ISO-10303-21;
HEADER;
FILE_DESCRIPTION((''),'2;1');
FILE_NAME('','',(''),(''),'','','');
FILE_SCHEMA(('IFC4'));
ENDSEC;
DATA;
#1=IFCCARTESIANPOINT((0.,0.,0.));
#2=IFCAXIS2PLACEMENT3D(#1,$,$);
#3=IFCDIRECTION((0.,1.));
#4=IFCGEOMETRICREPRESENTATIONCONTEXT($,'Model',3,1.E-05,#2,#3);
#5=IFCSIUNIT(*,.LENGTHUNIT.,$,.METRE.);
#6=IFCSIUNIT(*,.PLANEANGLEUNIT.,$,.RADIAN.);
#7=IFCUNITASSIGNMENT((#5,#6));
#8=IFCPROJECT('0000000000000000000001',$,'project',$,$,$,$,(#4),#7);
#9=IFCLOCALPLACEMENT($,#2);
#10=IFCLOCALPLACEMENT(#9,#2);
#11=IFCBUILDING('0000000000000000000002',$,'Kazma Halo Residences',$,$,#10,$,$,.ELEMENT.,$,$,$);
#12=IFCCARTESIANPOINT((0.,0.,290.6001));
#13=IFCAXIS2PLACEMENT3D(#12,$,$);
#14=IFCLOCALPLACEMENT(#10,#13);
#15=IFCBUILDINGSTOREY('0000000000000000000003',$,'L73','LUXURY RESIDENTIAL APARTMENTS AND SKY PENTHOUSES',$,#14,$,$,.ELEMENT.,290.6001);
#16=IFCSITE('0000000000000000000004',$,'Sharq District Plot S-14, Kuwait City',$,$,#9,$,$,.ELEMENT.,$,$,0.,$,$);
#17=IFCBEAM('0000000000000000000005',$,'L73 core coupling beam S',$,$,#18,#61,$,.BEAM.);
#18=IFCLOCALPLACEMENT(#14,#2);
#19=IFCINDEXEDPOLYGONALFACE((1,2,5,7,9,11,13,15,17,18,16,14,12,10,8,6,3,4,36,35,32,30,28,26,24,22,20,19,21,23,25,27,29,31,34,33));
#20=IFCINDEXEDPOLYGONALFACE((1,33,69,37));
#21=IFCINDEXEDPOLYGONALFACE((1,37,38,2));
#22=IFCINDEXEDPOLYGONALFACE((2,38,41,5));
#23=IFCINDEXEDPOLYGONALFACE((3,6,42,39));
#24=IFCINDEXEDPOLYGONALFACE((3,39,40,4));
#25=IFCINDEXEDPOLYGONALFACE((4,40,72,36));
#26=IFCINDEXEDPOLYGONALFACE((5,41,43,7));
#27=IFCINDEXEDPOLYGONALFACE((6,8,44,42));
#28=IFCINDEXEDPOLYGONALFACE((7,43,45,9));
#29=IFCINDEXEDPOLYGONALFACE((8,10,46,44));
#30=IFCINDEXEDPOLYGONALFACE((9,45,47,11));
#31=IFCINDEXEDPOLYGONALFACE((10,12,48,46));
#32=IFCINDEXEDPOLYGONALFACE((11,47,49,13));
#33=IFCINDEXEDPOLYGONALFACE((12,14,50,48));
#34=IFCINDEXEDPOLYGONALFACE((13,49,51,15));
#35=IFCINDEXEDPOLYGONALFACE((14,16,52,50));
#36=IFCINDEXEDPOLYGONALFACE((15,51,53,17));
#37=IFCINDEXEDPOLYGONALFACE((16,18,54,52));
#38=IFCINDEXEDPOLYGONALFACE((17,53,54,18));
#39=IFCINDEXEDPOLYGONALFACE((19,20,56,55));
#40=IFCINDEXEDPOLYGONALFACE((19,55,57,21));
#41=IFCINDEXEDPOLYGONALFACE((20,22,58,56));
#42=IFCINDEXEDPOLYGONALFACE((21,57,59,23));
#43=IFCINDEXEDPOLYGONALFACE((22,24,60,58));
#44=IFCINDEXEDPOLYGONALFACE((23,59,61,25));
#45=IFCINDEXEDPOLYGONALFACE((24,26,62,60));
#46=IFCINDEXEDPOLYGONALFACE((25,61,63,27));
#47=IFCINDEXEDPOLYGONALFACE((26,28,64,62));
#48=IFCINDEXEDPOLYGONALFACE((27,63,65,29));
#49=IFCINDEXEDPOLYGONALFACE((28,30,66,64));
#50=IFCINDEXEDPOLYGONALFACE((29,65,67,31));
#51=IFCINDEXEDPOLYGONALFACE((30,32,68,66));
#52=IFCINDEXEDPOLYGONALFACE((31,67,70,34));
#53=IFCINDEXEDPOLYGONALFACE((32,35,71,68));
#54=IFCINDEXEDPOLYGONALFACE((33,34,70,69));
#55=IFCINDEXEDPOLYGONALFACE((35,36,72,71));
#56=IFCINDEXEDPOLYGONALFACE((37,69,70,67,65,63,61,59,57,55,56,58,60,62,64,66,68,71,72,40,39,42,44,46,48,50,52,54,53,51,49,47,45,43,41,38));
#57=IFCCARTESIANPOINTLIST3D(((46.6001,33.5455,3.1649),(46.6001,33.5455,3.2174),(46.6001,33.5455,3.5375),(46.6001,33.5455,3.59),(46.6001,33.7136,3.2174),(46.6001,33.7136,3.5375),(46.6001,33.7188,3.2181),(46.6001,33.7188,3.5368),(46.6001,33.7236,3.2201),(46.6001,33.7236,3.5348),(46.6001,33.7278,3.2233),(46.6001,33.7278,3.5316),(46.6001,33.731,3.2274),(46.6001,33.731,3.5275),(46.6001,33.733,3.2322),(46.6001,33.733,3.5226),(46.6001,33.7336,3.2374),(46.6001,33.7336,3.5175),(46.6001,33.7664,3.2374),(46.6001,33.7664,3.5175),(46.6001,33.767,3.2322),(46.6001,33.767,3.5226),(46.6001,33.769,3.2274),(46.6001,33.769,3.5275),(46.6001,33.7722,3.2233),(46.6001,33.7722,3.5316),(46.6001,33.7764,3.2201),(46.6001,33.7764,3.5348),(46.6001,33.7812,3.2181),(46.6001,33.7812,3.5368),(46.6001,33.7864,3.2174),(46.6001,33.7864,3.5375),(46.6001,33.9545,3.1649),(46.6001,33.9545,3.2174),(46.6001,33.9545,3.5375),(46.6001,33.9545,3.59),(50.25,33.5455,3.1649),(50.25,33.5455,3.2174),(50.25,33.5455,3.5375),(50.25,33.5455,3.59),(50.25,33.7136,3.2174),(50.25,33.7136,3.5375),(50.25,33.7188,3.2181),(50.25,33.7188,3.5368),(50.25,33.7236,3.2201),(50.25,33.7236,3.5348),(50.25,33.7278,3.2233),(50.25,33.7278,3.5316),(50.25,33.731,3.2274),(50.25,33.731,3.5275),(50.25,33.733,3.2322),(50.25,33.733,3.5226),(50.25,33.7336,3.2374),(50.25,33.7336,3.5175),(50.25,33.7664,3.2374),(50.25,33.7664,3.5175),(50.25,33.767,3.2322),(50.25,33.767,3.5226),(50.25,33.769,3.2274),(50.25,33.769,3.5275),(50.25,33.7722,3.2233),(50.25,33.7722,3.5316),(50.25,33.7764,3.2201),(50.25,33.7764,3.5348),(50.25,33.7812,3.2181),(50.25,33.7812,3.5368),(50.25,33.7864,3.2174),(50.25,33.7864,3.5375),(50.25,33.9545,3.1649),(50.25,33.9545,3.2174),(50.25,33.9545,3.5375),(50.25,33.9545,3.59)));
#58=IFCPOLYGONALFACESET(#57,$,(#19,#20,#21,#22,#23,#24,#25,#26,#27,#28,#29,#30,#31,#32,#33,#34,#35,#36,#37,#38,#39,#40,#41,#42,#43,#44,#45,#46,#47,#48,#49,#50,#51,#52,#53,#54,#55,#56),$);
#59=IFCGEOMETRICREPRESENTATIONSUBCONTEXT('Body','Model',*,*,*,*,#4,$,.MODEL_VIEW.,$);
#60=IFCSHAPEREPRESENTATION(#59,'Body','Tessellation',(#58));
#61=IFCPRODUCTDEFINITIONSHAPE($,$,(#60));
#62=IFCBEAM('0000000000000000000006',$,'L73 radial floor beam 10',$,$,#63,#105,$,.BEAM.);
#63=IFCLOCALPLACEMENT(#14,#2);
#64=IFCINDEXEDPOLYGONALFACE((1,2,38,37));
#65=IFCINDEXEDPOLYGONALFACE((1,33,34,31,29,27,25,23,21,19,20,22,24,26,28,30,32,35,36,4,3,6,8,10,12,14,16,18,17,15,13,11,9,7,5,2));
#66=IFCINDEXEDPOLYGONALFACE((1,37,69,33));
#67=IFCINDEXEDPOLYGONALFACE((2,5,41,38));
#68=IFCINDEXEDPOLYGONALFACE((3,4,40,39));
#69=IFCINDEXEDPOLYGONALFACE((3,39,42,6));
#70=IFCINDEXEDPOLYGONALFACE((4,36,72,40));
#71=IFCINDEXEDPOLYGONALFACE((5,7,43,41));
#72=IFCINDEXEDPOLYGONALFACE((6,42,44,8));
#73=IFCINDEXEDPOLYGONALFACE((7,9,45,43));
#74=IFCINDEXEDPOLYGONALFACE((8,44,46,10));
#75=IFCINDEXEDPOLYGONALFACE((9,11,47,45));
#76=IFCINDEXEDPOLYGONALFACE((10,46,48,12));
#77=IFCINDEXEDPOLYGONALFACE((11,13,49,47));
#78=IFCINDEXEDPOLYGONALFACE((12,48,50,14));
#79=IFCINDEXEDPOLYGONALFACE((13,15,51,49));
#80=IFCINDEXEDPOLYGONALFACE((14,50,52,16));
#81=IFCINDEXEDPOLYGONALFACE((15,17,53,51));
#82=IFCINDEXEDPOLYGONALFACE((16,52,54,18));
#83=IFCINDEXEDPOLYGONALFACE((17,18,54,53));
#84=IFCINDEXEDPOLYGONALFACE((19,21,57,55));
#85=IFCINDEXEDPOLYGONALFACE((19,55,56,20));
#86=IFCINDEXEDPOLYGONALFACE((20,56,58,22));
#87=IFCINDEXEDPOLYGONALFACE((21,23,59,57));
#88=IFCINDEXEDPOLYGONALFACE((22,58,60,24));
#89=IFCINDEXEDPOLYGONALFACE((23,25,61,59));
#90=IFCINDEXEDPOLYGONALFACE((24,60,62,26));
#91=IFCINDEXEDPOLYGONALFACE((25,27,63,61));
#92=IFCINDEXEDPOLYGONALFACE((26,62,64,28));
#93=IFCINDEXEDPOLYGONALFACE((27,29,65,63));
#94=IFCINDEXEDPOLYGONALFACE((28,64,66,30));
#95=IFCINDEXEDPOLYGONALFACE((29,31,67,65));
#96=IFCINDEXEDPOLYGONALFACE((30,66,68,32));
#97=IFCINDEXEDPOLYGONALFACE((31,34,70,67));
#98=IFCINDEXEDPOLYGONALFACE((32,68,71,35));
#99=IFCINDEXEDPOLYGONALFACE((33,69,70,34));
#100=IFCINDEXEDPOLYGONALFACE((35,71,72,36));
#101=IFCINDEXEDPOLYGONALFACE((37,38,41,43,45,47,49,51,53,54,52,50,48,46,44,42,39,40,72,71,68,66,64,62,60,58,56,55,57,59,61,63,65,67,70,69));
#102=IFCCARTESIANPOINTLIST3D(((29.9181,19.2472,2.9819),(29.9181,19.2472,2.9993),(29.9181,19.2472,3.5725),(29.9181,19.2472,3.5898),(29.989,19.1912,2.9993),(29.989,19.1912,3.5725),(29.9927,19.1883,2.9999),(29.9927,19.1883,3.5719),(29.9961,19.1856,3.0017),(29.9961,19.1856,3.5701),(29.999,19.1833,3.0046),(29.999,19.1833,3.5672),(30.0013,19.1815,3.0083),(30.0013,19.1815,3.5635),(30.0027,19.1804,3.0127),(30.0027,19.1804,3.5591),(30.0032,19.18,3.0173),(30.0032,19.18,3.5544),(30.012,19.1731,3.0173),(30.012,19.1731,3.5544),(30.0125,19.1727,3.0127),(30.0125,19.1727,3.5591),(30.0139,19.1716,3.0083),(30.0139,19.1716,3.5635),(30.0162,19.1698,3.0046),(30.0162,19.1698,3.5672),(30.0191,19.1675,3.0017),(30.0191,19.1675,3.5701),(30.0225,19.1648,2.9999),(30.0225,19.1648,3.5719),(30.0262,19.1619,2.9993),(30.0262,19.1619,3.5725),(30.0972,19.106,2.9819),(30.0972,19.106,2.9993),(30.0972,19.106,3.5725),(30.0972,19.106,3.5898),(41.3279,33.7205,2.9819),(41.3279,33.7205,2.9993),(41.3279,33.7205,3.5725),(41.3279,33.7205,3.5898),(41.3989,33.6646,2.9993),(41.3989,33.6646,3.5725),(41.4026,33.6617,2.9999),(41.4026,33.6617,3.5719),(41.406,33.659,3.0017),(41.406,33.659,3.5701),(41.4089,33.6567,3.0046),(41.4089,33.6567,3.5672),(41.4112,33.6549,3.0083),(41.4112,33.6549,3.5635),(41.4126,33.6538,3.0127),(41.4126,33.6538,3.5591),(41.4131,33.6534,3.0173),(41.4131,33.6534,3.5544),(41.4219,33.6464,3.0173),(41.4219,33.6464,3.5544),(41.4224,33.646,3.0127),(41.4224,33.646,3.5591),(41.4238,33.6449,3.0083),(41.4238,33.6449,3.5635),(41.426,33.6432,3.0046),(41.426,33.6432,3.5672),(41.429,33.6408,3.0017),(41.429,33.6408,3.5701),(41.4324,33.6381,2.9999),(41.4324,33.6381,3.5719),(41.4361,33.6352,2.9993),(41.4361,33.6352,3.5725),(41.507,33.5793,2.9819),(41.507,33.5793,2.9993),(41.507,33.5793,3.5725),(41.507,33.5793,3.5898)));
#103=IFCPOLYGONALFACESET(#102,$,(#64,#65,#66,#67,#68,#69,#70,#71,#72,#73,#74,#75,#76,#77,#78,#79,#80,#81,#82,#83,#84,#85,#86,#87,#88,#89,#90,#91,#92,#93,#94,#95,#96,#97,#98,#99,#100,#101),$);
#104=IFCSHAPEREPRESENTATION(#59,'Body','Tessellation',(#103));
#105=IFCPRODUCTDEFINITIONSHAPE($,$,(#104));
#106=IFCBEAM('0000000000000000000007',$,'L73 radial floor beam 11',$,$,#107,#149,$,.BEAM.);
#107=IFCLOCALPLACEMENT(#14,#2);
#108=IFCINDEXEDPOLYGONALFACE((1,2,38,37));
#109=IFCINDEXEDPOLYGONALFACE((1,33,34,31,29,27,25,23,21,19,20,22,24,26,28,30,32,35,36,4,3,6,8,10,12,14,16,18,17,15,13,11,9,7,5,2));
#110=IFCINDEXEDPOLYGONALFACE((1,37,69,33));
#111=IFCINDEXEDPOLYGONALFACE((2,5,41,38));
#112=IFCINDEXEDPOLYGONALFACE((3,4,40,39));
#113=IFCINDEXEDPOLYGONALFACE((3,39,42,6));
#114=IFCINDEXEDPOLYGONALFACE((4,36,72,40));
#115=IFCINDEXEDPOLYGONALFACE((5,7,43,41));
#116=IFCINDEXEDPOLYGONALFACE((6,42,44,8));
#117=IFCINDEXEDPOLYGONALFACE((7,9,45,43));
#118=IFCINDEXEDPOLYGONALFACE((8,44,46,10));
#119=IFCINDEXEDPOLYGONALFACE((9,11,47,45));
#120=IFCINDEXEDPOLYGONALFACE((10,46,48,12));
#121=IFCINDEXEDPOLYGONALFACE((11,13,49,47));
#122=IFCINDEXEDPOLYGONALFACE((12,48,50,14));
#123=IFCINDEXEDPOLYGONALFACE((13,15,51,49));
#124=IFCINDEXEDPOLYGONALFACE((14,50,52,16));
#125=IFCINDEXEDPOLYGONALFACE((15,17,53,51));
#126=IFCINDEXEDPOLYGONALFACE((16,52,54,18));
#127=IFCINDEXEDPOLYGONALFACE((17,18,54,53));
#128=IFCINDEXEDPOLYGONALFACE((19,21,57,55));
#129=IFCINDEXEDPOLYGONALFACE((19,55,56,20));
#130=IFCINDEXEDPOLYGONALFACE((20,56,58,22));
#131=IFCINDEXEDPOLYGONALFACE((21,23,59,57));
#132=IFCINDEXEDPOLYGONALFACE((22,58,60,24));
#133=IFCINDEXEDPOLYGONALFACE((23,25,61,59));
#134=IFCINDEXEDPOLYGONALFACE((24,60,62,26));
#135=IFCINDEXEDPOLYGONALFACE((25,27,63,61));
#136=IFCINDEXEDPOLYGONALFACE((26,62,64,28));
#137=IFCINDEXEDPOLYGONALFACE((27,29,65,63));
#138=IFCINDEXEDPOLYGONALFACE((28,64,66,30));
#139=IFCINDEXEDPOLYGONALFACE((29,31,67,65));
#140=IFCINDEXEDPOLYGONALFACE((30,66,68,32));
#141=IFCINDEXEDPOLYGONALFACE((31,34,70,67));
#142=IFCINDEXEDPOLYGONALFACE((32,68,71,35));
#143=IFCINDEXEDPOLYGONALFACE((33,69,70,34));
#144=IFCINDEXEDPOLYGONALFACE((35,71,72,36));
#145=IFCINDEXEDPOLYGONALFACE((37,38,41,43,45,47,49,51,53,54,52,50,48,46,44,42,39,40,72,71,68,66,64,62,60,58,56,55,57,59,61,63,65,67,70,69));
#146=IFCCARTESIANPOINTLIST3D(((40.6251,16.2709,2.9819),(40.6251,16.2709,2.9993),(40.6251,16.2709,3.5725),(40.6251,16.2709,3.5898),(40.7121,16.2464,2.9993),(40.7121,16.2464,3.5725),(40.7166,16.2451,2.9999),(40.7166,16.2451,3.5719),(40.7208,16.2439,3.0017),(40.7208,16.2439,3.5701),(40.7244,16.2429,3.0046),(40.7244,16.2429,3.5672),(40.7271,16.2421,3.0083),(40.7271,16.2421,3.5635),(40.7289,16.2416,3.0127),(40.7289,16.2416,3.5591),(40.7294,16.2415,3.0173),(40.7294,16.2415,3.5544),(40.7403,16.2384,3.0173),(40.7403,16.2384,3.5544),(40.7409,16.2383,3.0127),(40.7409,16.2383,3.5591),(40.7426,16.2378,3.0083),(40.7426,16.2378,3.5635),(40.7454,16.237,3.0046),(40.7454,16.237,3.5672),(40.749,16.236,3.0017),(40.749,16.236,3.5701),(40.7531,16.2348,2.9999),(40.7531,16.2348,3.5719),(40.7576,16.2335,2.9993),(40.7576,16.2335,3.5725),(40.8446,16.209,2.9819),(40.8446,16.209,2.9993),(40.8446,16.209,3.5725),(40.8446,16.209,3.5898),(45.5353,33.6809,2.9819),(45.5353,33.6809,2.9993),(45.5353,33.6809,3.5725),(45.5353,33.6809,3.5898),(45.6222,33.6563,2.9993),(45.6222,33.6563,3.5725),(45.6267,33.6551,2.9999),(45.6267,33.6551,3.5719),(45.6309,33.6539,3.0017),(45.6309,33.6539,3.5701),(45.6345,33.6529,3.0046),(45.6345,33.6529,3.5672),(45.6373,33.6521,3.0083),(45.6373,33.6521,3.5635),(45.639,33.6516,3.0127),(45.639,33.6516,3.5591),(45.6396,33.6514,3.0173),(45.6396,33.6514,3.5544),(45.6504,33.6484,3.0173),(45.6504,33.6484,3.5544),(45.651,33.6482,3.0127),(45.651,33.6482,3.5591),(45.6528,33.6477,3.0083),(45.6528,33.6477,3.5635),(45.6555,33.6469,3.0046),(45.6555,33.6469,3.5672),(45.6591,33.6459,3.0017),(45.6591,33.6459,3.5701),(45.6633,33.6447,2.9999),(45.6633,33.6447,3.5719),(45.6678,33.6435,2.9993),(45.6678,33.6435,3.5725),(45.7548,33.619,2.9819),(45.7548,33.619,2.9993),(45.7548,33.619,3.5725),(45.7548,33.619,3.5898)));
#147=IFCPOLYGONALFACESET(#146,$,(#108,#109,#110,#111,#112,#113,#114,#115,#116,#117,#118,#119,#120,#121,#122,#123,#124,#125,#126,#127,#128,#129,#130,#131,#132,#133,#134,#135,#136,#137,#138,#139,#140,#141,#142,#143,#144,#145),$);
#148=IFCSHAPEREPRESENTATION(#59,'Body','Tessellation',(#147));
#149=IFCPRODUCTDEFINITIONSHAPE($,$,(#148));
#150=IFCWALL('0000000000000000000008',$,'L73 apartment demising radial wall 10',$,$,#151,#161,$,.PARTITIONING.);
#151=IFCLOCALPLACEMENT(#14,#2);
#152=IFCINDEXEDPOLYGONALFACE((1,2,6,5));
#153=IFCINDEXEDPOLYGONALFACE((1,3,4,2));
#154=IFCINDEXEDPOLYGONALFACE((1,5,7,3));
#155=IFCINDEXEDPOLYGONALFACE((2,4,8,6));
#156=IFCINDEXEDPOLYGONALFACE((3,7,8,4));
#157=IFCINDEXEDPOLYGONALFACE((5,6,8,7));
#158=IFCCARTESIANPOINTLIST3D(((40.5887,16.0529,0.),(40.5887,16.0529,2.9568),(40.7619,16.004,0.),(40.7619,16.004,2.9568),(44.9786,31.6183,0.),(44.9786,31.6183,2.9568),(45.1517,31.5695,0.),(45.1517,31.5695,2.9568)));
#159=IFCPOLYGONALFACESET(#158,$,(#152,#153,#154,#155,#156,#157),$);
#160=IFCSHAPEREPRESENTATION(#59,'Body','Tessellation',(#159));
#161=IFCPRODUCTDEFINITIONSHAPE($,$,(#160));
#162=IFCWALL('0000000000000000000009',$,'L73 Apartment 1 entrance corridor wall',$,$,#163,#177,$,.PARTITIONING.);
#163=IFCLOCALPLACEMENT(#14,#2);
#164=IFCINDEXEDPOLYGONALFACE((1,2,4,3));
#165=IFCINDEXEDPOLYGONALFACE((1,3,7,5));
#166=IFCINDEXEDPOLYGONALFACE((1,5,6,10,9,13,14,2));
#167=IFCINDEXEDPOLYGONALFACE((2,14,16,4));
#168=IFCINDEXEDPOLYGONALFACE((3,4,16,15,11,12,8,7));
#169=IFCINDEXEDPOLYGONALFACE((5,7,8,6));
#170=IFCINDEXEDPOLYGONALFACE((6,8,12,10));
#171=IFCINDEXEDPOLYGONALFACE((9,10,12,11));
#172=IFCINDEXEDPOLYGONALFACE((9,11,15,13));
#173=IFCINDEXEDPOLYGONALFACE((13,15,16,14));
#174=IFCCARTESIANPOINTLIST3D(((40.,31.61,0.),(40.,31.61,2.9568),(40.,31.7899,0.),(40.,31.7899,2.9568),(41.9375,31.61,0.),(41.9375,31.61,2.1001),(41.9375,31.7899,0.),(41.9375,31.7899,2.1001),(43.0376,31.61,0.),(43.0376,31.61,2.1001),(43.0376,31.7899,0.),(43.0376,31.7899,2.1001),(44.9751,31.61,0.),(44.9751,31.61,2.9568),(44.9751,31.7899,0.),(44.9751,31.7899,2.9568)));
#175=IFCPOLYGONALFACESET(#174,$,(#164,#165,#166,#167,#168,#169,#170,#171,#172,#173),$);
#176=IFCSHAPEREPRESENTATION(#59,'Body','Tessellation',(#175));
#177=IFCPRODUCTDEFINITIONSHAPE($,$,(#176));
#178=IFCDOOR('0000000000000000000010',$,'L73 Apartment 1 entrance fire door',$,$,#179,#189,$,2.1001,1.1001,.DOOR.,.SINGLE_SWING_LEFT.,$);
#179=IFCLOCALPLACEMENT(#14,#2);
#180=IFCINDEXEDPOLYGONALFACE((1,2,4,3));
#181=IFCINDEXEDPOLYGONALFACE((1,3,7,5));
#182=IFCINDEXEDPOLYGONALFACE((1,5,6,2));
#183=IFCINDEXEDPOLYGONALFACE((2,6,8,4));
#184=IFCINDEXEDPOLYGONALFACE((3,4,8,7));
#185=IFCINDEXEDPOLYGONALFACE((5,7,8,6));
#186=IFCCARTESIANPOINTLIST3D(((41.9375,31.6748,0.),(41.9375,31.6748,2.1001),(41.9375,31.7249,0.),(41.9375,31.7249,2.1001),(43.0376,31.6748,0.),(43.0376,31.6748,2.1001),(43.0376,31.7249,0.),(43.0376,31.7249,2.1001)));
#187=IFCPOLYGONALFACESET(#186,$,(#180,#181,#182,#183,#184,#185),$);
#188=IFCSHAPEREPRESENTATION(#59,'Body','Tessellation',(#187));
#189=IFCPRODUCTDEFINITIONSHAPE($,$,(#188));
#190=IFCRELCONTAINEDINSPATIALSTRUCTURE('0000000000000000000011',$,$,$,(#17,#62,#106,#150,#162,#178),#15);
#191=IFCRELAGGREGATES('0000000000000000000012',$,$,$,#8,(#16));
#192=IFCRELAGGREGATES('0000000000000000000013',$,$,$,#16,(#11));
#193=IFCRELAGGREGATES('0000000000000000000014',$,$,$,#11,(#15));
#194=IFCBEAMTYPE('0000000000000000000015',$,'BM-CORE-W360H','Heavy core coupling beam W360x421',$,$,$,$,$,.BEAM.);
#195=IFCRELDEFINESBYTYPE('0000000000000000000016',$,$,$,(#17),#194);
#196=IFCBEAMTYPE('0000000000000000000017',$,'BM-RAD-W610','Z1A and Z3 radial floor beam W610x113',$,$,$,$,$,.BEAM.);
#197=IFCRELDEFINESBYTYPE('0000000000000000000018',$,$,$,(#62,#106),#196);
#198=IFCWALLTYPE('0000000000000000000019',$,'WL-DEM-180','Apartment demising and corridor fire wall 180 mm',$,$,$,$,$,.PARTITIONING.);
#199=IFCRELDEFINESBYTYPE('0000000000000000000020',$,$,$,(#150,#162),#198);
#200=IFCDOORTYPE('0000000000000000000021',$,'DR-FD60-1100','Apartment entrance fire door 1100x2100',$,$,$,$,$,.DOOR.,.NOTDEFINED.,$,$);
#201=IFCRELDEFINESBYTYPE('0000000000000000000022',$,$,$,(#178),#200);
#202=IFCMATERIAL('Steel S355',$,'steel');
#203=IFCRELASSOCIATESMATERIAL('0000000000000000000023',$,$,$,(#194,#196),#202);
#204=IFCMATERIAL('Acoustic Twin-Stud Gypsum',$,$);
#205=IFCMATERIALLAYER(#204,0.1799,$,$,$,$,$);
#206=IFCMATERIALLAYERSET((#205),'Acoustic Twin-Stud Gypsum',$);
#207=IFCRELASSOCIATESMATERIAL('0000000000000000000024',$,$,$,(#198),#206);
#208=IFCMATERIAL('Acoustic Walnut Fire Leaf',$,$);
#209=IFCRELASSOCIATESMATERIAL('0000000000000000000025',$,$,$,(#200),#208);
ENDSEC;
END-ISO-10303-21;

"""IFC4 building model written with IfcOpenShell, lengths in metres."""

from ifc_helpers import new_model, si_unit, direction, frame, frame_2d, origin, origin_2d, place, context, subcontext, project, spatial, rectangle, i_section, extrude, material, layer, layer_set, material_profile, profile_set, type_object, element, fill, save


model = new_model("IFC4")

# Units and contexts
model_context = context("Model", 3, precision=1e-05, world=origin(), true_north=direction((0.0, 1.0)))
body_context = subcontext(model_context, "Body", "Model", "MODEL_VIEW")
ifc_project = project(units=[si_unit("LENGTHUNIT", "METRE"), si_unit("PLANEANGLEUNIT", "RADIAN")], contexts=[model_context])

# Site, building, storey
site_placement = place(None, origin())
site = spatial("IfcSite", under=ifc_project, at=site_placement, Name="Sharq District Plot S-14, Kuwait City", CompositionType="ELEMENT", RefElevation=0.0)
building_placement = place(site_placement, origin())
building = spatial("IfcBuilding", under=site, at=building_placement, Name="Kazma Halo Residences", CompositionType="ELEMENT")
storey_placement = place(building_placement, frame((0.0, 0.0, 290.6001)))
storey = spatial("IfcBuildingStorey", under=building, at=storey_placement, Name="L73", Description="LUXURY RESIDENTIAL APARTMENTS AND SKY PENTHOUSES", CompositionType="ELEMENT", Elevation=290.6001)

# Beams
ifc_material_1 = material(Name="Steel S355", Category="steel")
ifc_material_profile_1 = material_profile(ifc_material_1, i_section(OverallWidth=0.4089, OverallDepth=0.425, WebThickness=0.0327, FlangeThickness=0.0525, FilletRadius=0.02, at=origin_2d()), Name="W360x421")
ifc_profile_set_1 = profile_set([ifc_material_profile_1], Name="Steel S355")
beam_type_1 = type_object("IfcBeamType", Name="BM-CORE-W360H", Description="Heavy core coupling beam W360x421", PredefinedType="BEAM", material=ifc_profile_set_1)
beam_1_placement = place(storey_placement, frame((46.6001, 33.75, 3.3774), z_axis=(1.0, 0.0, 0.0), x_axis=(0.0, 1.0, 0.0)))
element("IfcBeam", 1, at=beam_1_placement, inside=storey, type_object=beam_type_1, Name="L73 core coupling beam S", PredefinedType="BEAM", context=body_context, shape_type="SweptSolid", body=[
    extrude(i_section(OverallWidth=0.4089, OverallDepth=0.425, WebThickness=0.0327, FlangeThickness=0.0525, FilletRadius=0.02, at=origin_2d()), origin(), (0.0, 0.0, 1.0), 3.6499),
])
ifc_material_profile_2 = material_profile(ifc_material_1, i_section(OverallWidth=0.228, OverallDepth=0.6079, WebThickness=0.0112, FlangeThickness=0.0173, FilletRadius=0.0181, at=origin_2d()), Name="W610x113")
ifc_profile_set_2 = profile_set([ifc_material_profile_2], Name="Steel S355")
beam_type_2 = type_object("IfcBeamType", Name="BM-RAD-W610", Description="Z1A and Z3 radial floor beam W610x113", PredefinedType="BEAM", material=ifc_profile_set_2)
beam_2_placement = place(storey_placement, frame((41.4175, 33.6499, 3.2859), z_axis=(-0.619094, -0.785317, 0.0), x_axis=(0.785317, -0.619094, 0.0)))
element("IfcBeam", 2, at=beam_2_placement, inside=storey, type_object=beam_type_2, Name="L73 radial floor beam 10", PredefinedType="BEAM", context=body_context, shape_type="SweptSolid", body=[
    extrude(i_section(OverallWidth=0.228, OverallDepth=0.6079, WebThickness=0.0112, FlangeThickness=0.0173, FilletRadius=0.0181, at=origin_2d()), origin(), (0.0, 0.0, 1.0), 18.4299),
])
beam_3_placement = place(storey_placement, frame((45.645, 33.6499, 3.2859), z_axis=(-0.271443, -0.962454, 0.0), x_axis=(0.962454, -0.271443, 0.0)))
element("IfcBeam", 3, at=beam_3_placement, inside=storey, type_object=beam_type_2, Name="L73 radial floor beam 11", PredefinedType="BEAM", context=body_context, shape_type="SweptSolid", body=[
    extrude(i_section(OverallWidth=0.228, OverallDepth=0.6079, WebThickness=0.0112, FlangeThickness=0.0173, FilletRadius=0.0181, at=origin_2d()), origin(), (0.0, 0.0, 1.0), 18.0891),
])

# Wall
ifc_material_2 = material(Name="Acoustic Twin-Stud Gypsum")
ifc_layer_1 = layer(ifc_material_2, 0.1799)
ifc_layer_set_1 = layer_set([ifc_layer_1], Name="Acoustic Twin-Stud Gypsum")
wall_type_1 = type_object("IfcWallType", Name="WL-DEM-180", Description="Apartment demising and corridor fire wall 180 mm", PredefinedType="PARTITIONING", material=ifc_layer_set_1)
wall_1_placement = place(storey_placement, frame((45.0652, 31.594, 0.0), z_axis=(0.0, 0.0, 1.0), x_axis=(-0.27144, -0.962455, 0.0)))
element("IfcWall", 4, at=wall_1_placement, inside=storey, type_object=wall_type_1, Name="L73 apartment demising radial wall 10", PredefinedType="PARTITIONING", context=body_context, shape_type="SweptSolid", body=[
    extrude(rectangle(XDim=16.1726, YDim=0.1799, at=frame_2d((8.0864, 0.0))), origin(), (0.0, 0.0, 1.0), 2.9568),
])

# Wall, opening, door
wall_2_placement = place(storey_placement, frame((40.0, 31.7, 0.0), z_axis=(0.0, 0.0, 1.0), x_axis=(1.0, 0.0, 0.0)))
wall_2 = element("IfcWall", 5, at=wall_2_placement, inside=storey, type_object=wall_type_1, Name="L73 Apartment 1 entrance corridor wall", PredefinedType="PARTITIONING", context=body_context, shape_type="SweptSolid", body=[
    extrude(rectangle(XDim=4.9751, YDim=0.1799, at=frame_2d((2.4875, 0.0))), origin(), (0.0, 0.0, 1.0), 2.9568),
])
opening_1_placement = place(wall_2_placement, frame((1.9375, 0.0, 0.0)))
opening_1 = element("IfcOpeningElement", 6, at=opening_1_placement, cuts=wall_2, PredefinedType="OPENING", context=body_context, shape_type="SweptSolid", body=[
    extrude(rectangle(XDim=1.1001, YDim=2.1001, at=frame_2d((0.55, 1.05))), frame((0.0, 0.0999, 0.0), z_axis=(0.0, -1.0, 0.0), x_axis=(1.0, 0.0, 0.0)), (0.0, 0.0, 1.0), 0.2),
])
ifc_material_3 = material(Name="Acoustic Walnut Fire Leaf")
door_type_1 = type_object("IfcDoorType", Name="DR-FD60-1100", Description="Apartment entrance fire door 1100x2100", OperationType="NOTDEFINED", PredefinedType="DOOR", material=ifc_material_3)
door_1_placement = place(opening_1_placement, origin())
door_1 = element("IfcDoor", 7, at=door_1_placement, inside=storey, type_object=door_type_1, Name="L73 Apartment 1 entrance fire door", OperationType="SINGLE_SWING_LEFT", OverallHeight=2.1001, OverallWidth=1.1001, PredefinedType="DOOR", context=body_context, shape_type="SweptSolid", body=[
    extrude(rectangle(XDim=1.1001, YDim=2.1001, at=frame_2d((0.55, 1.05))), frame((0.0, 0.0249, 0.0), z_axis=(0.0, -1.0, 0.0), x_axis=(1.0, 0.0, 0.0)), (0.0, 0.0, 1.0), 0.05),
])
fill(opening_1, door_1)

save(model, "model.ifc")
